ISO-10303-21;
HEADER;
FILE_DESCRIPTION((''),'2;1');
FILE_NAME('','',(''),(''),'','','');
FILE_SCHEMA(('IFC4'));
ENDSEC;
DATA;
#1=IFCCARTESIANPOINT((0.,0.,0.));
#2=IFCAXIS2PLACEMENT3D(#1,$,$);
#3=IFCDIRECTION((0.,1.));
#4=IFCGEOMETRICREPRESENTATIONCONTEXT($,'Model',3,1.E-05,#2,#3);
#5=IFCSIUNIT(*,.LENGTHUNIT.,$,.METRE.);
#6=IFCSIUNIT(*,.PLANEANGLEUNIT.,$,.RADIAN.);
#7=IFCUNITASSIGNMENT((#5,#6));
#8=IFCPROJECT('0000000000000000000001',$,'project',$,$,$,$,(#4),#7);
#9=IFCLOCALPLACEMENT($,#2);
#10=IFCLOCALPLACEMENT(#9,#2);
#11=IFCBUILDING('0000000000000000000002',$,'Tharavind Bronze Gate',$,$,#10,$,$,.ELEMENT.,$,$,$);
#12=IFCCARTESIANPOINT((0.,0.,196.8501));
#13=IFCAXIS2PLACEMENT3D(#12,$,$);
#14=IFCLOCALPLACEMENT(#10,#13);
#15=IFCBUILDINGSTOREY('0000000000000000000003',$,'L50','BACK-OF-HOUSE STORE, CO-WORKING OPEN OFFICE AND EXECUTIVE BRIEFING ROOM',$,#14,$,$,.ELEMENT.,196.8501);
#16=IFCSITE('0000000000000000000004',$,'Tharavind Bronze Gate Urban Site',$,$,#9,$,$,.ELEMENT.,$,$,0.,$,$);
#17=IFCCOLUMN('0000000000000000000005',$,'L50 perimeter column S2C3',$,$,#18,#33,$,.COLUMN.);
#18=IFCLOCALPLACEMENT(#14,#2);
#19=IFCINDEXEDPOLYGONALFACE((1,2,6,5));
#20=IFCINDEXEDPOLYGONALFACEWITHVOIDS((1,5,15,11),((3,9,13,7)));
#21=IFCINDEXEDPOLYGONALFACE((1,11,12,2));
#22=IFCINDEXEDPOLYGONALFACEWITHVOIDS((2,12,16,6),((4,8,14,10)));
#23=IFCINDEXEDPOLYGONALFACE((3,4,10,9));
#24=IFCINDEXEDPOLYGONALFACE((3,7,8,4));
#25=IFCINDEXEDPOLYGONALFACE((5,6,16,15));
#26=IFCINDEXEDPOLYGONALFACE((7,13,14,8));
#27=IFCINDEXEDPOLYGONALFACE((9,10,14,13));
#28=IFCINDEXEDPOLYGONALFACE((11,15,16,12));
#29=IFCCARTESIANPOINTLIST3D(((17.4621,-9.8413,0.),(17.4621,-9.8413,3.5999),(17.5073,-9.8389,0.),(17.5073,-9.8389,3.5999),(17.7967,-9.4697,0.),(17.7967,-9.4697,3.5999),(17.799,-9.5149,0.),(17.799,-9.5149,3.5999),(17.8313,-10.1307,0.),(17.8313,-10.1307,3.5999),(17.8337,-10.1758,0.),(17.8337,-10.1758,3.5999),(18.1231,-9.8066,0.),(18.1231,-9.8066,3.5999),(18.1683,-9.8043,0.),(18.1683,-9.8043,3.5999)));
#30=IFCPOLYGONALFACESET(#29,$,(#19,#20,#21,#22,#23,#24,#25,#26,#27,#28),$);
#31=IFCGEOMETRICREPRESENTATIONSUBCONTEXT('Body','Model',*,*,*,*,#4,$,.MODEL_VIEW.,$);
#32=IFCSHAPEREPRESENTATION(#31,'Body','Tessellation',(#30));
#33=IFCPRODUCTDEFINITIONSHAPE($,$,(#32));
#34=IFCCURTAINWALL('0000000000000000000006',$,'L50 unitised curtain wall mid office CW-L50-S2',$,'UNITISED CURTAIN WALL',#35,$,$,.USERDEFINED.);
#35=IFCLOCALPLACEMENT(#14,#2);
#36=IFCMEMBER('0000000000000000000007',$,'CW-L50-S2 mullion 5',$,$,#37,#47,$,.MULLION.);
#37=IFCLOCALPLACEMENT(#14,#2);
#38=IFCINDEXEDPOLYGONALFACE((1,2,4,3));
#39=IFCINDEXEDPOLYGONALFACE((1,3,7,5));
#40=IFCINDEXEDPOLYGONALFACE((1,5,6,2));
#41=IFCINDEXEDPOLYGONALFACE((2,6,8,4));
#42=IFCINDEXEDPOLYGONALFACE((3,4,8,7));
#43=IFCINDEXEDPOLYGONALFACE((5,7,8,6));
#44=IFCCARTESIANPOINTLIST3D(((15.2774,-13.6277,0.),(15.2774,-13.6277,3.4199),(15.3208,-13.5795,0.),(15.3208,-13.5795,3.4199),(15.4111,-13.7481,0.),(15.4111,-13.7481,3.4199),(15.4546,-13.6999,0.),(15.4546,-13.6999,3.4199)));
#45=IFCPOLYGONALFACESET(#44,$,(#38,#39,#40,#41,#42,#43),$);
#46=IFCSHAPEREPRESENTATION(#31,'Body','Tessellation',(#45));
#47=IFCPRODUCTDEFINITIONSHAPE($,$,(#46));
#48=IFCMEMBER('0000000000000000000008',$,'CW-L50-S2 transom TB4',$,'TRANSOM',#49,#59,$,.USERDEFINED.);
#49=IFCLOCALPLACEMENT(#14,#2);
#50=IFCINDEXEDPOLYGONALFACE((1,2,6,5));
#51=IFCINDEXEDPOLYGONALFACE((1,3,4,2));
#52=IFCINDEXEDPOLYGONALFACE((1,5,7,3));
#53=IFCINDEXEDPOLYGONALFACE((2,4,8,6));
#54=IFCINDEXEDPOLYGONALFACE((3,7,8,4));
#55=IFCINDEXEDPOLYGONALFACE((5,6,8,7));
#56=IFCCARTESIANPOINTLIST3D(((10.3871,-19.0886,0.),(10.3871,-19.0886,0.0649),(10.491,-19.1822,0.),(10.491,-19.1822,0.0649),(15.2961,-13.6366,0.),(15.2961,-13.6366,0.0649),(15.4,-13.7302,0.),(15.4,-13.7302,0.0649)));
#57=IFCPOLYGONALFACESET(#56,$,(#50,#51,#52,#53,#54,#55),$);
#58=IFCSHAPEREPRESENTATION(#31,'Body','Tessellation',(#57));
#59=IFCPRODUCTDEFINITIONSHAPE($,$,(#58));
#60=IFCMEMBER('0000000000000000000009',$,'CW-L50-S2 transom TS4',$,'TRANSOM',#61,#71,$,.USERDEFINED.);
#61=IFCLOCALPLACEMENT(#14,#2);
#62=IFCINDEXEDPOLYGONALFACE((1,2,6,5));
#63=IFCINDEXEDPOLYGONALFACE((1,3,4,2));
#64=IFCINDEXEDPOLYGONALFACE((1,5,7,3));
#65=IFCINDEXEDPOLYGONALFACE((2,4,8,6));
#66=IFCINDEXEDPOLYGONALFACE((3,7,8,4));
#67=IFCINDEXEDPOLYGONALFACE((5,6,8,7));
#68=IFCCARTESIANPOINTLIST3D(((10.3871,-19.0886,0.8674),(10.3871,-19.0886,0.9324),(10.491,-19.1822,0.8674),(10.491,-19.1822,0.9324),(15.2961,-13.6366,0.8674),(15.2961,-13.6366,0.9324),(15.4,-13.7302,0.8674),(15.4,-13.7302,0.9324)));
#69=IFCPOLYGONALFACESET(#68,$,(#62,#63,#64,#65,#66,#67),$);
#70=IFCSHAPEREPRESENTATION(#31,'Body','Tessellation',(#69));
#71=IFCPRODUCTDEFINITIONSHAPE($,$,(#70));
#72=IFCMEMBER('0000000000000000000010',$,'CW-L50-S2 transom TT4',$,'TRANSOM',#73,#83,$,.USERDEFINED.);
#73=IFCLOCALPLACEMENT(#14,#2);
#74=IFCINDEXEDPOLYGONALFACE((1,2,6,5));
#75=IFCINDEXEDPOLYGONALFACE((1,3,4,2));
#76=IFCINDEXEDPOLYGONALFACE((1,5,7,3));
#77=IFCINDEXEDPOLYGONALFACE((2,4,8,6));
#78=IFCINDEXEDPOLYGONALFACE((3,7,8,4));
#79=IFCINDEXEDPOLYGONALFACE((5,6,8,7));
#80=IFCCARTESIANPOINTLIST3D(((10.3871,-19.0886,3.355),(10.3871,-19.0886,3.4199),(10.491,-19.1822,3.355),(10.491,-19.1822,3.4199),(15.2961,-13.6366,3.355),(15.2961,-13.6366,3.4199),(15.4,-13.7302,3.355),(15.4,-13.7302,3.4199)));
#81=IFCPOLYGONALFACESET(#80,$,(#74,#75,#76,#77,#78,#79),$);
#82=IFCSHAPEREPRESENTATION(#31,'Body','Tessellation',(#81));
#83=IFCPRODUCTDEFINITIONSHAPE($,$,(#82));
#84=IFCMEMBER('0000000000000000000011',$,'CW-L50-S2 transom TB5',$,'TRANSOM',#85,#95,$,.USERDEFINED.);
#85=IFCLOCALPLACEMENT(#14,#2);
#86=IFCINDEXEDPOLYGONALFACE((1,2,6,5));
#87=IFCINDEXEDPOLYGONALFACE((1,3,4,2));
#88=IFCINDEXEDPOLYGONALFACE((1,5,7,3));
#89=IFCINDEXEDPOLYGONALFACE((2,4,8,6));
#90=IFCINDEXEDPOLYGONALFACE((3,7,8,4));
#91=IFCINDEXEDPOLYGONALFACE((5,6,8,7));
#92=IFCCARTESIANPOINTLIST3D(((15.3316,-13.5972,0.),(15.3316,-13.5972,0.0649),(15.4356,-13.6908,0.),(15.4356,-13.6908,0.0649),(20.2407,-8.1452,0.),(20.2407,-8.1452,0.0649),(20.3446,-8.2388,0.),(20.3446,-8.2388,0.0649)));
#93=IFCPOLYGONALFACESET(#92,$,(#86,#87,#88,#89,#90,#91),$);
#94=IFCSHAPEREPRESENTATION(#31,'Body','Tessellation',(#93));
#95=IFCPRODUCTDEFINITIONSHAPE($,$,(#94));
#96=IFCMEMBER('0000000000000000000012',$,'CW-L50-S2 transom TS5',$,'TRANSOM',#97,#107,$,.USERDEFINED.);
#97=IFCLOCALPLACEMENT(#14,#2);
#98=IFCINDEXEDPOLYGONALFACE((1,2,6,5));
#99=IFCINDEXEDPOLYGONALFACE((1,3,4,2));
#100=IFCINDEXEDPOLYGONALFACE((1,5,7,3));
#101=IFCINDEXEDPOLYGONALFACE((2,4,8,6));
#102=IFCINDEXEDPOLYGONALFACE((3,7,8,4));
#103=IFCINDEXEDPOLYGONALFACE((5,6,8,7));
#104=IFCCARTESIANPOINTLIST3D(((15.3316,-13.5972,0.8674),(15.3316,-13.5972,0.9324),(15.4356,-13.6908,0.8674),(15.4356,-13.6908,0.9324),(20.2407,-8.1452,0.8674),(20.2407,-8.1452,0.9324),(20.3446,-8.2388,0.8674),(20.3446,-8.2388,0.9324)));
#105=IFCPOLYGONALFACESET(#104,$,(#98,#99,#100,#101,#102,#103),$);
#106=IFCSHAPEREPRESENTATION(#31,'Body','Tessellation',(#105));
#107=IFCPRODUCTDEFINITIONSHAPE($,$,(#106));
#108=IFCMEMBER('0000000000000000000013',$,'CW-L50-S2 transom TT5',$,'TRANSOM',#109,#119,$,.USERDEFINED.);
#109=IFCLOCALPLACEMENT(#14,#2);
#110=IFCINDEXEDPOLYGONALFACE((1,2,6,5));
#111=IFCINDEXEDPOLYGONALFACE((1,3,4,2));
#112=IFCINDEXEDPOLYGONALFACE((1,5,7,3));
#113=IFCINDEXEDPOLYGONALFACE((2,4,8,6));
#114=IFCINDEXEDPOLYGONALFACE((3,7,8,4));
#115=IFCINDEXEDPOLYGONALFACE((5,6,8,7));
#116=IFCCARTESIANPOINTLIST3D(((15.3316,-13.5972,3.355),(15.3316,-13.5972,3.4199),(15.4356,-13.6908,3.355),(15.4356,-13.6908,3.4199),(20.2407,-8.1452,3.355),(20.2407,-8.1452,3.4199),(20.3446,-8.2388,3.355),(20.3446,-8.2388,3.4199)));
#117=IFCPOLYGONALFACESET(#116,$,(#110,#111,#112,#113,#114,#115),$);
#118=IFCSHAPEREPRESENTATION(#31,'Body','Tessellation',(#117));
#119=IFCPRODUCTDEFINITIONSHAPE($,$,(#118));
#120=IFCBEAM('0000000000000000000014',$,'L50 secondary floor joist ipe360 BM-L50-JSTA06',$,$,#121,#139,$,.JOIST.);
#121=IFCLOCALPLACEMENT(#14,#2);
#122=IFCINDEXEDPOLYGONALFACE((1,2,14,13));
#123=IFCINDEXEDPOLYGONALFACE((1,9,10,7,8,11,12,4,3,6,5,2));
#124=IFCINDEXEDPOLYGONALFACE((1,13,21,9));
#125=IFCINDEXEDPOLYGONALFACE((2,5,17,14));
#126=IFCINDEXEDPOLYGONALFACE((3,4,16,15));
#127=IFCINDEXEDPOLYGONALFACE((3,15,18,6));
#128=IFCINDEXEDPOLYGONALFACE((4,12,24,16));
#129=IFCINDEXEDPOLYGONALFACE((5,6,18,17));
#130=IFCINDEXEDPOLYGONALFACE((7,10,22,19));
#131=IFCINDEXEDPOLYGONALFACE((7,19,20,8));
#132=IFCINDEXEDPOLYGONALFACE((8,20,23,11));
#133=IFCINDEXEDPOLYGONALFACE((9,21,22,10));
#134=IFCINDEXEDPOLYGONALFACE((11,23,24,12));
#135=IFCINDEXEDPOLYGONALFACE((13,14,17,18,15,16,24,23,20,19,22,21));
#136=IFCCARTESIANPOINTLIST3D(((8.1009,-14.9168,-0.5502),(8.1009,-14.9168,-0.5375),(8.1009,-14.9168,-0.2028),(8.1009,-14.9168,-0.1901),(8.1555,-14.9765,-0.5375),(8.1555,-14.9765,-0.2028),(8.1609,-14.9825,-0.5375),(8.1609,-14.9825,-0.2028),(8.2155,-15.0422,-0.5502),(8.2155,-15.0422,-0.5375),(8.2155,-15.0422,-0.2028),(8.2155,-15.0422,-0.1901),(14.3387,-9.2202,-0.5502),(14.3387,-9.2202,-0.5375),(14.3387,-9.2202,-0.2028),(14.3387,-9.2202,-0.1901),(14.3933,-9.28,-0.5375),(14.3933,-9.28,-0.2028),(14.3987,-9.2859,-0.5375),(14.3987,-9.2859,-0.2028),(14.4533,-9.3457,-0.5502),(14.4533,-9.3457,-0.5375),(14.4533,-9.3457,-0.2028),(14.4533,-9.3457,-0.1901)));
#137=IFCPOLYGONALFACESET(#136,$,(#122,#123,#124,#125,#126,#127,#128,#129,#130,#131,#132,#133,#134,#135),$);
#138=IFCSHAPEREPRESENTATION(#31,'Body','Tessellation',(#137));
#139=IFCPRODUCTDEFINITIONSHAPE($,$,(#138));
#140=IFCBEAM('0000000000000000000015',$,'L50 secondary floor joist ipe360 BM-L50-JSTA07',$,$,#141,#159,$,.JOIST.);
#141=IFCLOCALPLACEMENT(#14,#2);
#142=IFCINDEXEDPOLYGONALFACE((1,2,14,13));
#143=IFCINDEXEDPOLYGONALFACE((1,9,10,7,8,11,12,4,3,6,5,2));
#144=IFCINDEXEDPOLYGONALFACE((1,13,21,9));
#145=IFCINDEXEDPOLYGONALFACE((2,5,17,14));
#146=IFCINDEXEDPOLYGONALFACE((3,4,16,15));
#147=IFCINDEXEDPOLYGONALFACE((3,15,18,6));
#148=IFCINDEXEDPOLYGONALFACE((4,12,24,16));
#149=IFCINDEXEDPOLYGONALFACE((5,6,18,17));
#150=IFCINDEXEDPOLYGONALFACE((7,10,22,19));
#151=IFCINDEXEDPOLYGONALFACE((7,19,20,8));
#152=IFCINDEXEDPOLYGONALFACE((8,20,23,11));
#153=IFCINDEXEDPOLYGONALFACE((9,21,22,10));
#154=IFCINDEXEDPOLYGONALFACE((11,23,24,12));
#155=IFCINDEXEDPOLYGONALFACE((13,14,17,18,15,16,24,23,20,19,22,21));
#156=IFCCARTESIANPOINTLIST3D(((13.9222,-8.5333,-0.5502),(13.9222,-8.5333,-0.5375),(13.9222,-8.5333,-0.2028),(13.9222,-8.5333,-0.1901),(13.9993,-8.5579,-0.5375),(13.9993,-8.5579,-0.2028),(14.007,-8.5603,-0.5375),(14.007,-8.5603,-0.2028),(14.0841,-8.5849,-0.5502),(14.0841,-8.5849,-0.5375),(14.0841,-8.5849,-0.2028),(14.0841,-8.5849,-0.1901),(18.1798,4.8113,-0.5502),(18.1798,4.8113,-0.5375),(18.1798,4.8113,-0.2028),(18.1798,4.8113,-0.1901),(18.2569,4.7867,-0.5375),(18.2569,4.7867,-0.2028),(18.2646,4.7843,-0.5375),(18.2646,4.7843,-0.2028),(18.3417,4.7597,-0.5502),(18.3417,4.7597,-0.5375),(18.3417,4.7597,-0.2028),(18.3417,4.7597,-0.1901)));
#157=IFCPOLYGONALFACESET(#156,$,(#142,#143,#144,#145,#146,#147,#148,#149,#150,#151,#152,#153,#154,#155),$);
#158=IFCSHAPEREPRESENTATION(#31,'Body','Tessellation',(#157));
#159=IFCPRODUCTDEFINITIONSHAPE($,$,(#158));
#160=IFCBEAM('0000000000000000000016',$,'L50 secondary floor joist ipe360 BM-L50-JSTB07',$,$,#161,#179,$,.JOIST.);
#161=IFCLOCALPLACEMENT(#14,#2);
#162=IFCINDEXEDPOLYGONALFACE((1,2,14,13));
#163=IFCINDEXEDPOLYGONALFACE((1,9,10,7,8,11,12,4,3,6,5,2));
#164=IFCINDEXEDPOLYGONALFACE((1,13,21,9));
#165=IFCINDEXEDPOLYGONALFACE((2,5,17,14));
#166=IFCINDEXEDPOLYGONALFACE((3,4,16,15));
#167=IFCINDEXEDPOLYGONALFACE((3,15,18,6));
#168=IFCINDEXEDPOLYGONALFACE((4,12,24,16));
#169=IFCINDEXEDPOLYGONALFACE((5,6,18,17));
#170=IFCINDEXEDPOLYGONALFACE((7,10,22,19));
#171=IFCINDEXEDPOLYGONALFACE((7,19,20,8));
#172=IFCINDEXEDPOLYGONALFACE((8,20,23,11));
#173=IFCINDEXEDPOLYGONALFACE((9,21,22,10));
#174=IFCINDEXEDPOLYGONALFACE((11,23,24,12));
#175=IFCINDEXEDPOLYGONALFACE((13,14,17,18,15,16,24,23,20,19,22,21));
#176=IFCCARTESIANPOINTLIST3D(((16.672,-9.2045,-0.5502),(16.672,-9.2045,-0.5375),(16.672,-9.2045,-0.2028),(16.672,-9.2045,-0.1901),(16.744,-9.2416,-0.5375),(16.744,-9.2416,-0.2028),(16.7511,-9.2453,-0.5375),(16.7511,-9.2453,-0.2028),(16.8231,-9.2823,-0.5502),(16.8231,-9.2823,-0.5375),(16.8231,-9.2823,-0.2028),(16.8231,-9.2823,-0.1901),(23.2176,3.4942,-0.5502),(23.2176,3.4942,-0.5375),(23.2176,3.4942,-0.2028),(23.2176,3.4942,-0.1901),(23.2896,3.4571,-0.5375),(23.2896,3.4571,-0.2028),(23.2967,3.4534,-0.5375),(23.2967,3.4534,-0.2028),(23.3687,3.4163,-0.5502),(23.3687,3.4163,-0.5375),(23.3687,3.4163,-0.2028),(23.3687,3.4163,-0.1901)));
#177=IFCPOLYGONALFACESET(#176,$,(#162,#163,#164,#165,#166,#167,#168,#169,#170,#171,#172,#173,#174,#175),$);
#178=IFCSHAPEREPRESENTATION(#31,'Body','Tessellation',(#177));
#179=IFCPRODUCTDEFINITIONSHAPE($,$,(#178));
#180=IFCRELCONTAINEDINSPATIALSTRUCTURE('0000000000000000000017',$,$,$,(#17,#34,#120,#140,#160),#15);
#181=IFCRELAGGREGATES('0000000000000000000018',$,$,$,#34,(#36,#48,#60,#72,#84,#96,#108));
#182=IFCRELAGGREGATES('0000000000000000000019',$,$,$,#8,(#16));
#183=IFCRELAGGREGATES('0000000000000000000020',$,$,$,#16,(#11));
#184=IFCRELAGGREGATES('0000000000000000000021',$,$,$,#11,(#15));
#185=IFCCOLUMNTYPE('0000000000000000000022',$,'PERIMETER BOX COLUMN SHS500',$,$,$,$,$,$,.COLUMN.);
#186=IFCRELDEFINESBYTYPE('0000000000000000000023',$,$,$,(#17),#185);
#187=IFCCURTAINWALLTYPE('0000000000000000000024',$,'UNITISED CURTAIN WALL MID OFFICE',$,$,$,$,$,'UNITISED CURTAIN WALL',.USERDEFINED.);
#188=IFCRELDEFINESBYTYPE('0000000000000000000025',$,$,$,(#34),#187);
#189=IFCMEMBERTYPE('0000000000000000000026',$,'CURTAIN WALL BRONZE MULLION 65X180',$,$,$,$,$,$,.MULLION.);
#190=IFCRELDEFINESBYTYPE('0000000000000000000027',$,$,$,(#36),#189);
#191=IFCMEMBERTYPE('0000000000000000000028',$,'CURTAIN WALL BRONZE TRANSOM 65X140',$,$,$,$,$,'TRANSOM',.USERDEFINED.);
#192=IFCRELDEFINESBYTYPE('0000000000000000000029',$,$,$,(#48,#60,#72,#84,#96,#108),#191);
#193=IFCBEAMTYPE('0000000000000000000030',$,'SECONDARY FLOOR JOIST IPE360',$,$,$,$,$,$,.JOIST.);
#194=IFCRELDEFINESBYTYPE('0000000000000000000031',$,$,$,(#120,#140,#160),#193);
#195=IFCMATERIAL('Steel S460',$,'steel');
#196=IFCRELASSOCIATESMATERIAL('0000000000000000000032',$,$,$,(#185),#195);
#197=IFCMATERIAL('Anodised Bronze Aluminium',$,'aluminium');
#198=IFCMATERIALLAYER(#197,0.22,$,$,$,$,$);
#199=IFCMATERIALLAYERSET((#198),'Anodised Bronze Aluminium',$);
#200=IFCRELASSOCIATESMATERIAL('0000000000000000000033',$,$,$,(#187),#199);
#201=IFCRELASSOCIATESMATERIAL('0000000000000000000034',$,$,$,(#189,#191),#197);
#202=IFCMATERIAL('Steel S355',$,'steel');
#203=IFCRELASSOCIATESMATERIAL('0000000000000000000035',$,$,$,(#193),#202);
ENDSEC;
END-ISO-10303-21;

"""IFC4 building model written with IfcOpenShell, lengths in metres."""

from ifc_helpers import new_model, si_unit, direction, frame, origin, origin_2d, place, context, subcontext, project, spatial, rectangle, hollow_rectangle, i_section, extrude, material, layer, layer_set, material_profile, profile_set, type_object, element, aggregate, save


model = new_model("IFC4")

# Units and contexts
model_context = context("Model", 3, precision=1e-05, world=origin(), true_north=direction((0.0, 1.0)))
body_context = subcontext(model_context, "Body", "Model", "MODEL_VIEW")
ifc_project = project(units=[si_unit("LENGTHUNIT", "METRE"), si_unit("PLANEANGLEUNIT", "RADIAN")], contexts=[model_context])

# Site, building, storey
site_placement = place(None, origin())
site = spatial("IfcSite", under=ifc_project, at=site_placement, Name="Tharavind Bronze Gate Urban Site", CompositionType="ELEMENT", RefElevation=0.0)
building_placement = place(site_placement, origin())
building = spatial("IfcBuilding", under=site, at=building_placement, Name="Tharavind Bronze Gate", CompositionType="ELEMENT")
storey_placement = place(building_placement, frame((0.0, 0.0, 196.8501)))
storey = spatial("IfcBuildingStorey", under=building, at=storey_placement, Name="L50", Description="BACK-OF-HOUSE STORE, CO-WORKING OPEN OFFICE AND EXECUTIVE BRIEFING ROOM", CompositionType="ELEMENT", Elevation=196.8501)

# Column
ifc_material_1 = material(Name="Steel S460", Category="steel")
ifc_material_profile_1 = material_profile(ifc_material_1, hollow_rectangle(XDim=0.5, YDim=0.5, WallThickness=0.032, at=origin_2d()), Name="SHS500X32")
ifc_profile_set_1 = profile_set([ifc_material_profile_1], Name="Steel S460")
column_type = type_object("IfcColumnType", Name="PERIMETER BOX COLUMN SHS500", PredefinedType="COLUMN", material=ifc_profile_set_1)
column_placement = place(storey_placement, frame((17.8152, -9.8228, 0.0), z_axis=(0.0, 0.0, 1.0), x_axis=(0.669131, 0.743145, 0.0)))
element("IfcColumn", 1, at=column_placement, inside=storey, type_object=column_type, Name="L50 perimeter column S2C3", PredefinedType="COLUMN", context=body_context, shape_type="SweptSolid", body=[
    extrude(hollow_rectangle(XDim=0.5, YDim=0.5, WallThickness=0.032, at=origin_2d()), origin(), (0.0, 0.0, 1.0), 3.5999),
])

# Curtain wall, members
ifc_material_2 = material(Name="Anodised Bronze Aluminium", Category="aluminium")
ifc_layer_1 = layer(ifc_material_2, 0.22)
ifc_layer_set_1 = layer_set([ifc_layer_1], Name="Anodised Bronze Aluminium")
curtain_wall_type = type_object("IfcCurtainWallType", Name="UNITISED CURTAIN WALL MID OFFICE", ElementType="UNITISED CURTAIN WALL", PredefinedType="USERDEFINED", material=ifc_layer_set_1)
curtain_wall_placement = place(storey_placement, origin())
curtain_wall = element("IfcCurtainWall", 2, at=curtain_wall_placement, inside=storey, type_object=curtain_wall_type, Name="L50 unitised curtain wall mid office CW-L50-S2", ObjectType="UNITISED CURTAIN WALL", PredefinedType="USERDEFINED")
member_type_1 = type_object("IfcMemberType", Name="CURTAIN WALL BRONZE MULLION 65X180", PredefinedType="MULLION", material=ifc_material_2)
member_1_placement = place(storey_placement, frame((15.366, -13.6638, 0.0), z_axis=(0.0, 0.0, 1.0), x_axis=(0.669131, 0.743145, 0.0)))
member_1 = element("IfcMember", 3, at=member_1_placement, type_object=member_type_1, Name="CW-L50-S2 mullion 5", PredefinedType="MULLION", context=body_context, shape_type="SweptSolid", body=[
    extrude(rectangle(XDim=0.0649, YDim=0.1799, at=origin_2d()), origin(), (0.0, 0.0, 1.0), 3.4199),
])
member_type_2 = type_object("IfcMemberType", Name="CURTAIN WALL BRONZE TRANSOM 65X140", ElementType="TRANSOM", PredefinedType="USERDEFINED", material=ifc_material_2)
member_2_placement = place(storey_placement, frame((12.8936, -16.4094, 0.0), z_axis=(0.0, 0.0, 1.0), x_axis=(0.669131, 0.743145, 0.0)))
member_2 = element("IfcMember", 4, at=member_2_placement, type_object=member_type_2, Name="CW-L50-S2 transom TB4", ObjectType="TRANSOM", PredefinedType="USERDEFINED", context=body_context, shape_type="SweptSolid", body=[
    extrude(rectangle(XDim=7.3364, YDim=0.1399, at=origin_2d()), origin(), (0.0, 0.0, 1.0), 0.0649),
])
member_3_placement = place(storey_placement, frame((12.8936, -16.4094, 0.8674), z_axis=(0.0, 0.0, 1.0), x_axis=(0.669131, 0.743145, 0.0)))
member_3 = element("IfcMember", 5, at=member_3_placement, type_object=member_type_2, Name="CW-L50-S2 transom TS4", ObjectType="TRANSOM", PredefinedType="USERDEFINED", context=body_context, shape_type="SweptSolid", body=[
    extrude(rectangle(XDim=7.3364, YDim=0.1399, at=origin_2d()), origin(), (0.0, 0.0, 1.0), 0.0649),
])
member_4_placement = place(storey_placement, frame((12.8936, -16.4094, 3.355), z_axis=(0.0, 0.0, 1.0), x_axis=(0.669131, 0.743145, 0.0)))
member_4 = element("IfcMember", 6, at=member_4_placement, type_object=member_type_2, Name="CW-L50-S2 transom TT4", ObjectType="TRANSOM", PredefinedType="USERDEFINED", context=body_context, shape_type="SweptSolid", body=[
    extrude(rectangle(XDim=7.3364, YDim=0.1399, at=origin_2d()), origin(), (0.0, 0.0, 1.0), 0.0649),
])
member_5_placement = place(storey_placement, frame((17.8381, -10.918, 0.0), z_axis=(0.0, 0.0, 1.0), x_axis=(0.669131, 0.743145, 0.0)))
member_5 = element("IfcMember", 7, at=member_5_placement, type_object=member_type_2, Name="CW-L50-S2 transom TB5", ObjectType="TRANSOM", PredefinedType="USERDEFINED", context=body_context, shape_type="SweptSolid", body=[
    extrude(rectangle(XDim=7.3364, YDim=0.1399, at=origin_2d()), origin(), (0.0, 0.0, 1.0), 0.0649),
])
member_6_placement = place(storey_placement, frame((17.8381, -10.918, 0.8674), z_axis=(0.0, 0.0, 1.0), x_axis=(0.669131, 0.743145, 0.0)))
member_6 = element("IfcMember", 8, at=member_6_placement, type_object=member_type_2, Name="CW-L50-S2 transom TS5", ObjectType="TRANSOM", PredefinedType="USERDEFINED", context=body_context, shape_type="SweptSolid", body=[
    extrude(rectangle(XDim=7.3364, YDim=0.1399, at=origin_2d()), origin(), (0.0, 0.0, 1.0), 0.0649),
])
member_7_placement = place(storey_placement, frame((17.8381, -10.918, 3.355), z_axis=(0.0, 0.0, 1.0), x_axis=(0.669131, 0.743145, 0.0)))
member_7 = element("IfcMember", 9, at=member_7_placement, type_object=member_type_2, Name="CW-L50-S2 transom TT5", ObjectType="TRANSOM", PredefinedType="USERDEFINED", context=body_context, shape_type="SweptSolid", body=[
    extrude(rectangle(XDim=7.3364, YDim=0.1399, at=origin_2d()), origin(), (0.0, 0.0, 1.0), 0.0649),
])

# Beams
ifc_material_3 = material(Name="Steel S355", Category="steel")
ifc_material_profile_2 = material_profile(ifc_material_3, i_section(OverallWidth=0.1699, OverallDepth=0.3601, WebThickness=0.0081, FlangeThickness=0.0127, at=origin_2d()), Name="IPE360")
ifc_profile_set_2 = profile_set([ifc_material_profile_2], Name="Steel S355")
beam_type_1 = type_object("IfcBeamType", Name="SECONDARY FLOOR JOIST IPE360", PredefinedType="JOIST", material=ifc_profile_set_2)
beam_1_placement = place(storey_placement, frame((8.1582, -14.9795, -0.3701), z_axis=(0.738417, 0.674344, 0.0), x_axis=(-0.674344, 0.738417, 0.0)))
element("IfcBeam", 10, at=beam_1_placement, inside=storey, type_object=beam_type_1, Name="L50 secondary floor joist ipe360 BM-L50-JSTA06", PredefinedType="JOIST", context=body_context, shape_type="SweptSolid", body=[
    extrude(i_section(OverallWidth=0.1699, OverallDepth=0.3601, WebThickness=0.0081, FlangeThickness=0.0127, at=origin_2d()), origin(), (0.0, 0.0, 1.0), 8.4475),
])
beam_2_placement = place(storey_placement, frame((14.0032, -8.5591, -0.3701), z_axis=(0.303955, 0.952686, 0.0), x_axis=(-0.952686, 0.303955, 0.0)))
element("IfcBeam", 11, at=beam_2_placement, inside=storey, type_object=beam_type_1, Name="L50 secondary floor joist ipe360 BM-L50-JSTA07", PredefinedType="JOIST", context=body_context, shape_type="SweptSolid", body=[
    extrude(i_section(OverallWidth=0.1699, OverallDepth=0.3601, WebThickness=0.0081, FlangeThickness=0.0127, at=origin_2d()), origin(), (0.0, 0.0, 1.0), 14.0073),
])
beam_3_placement = place(storey_placement, frame((16.7476, -9.2434, -0.3701), z_axis=(0.458171, 0.888864, 0.0), x_axis=(-0.888864, 0.458171, 0.0)))
element("IfcBeam", 12, at=beam_3_placement, inside=storey, type_object=beam_type_1, Name="L50 secondary floor joist ipe360 BM-L50-JSTB07", PredefinedType="JOIST", context=body_context, shape_type="SweptSolid", body=[
    extrude(i_section(OverallWidth=0.1699, OverallDepth=0.3601, WebThickness=0.0081, FlangeThickness=0.0127, at=origin_2d()), origin(), (0.0, 0.0, 1.0), 14.2864),
])

aggregate(curtain_wall, [member_1, member_2, member_3, member_4, member_5, member_6, member_7])

save(model, "model.ifc")
